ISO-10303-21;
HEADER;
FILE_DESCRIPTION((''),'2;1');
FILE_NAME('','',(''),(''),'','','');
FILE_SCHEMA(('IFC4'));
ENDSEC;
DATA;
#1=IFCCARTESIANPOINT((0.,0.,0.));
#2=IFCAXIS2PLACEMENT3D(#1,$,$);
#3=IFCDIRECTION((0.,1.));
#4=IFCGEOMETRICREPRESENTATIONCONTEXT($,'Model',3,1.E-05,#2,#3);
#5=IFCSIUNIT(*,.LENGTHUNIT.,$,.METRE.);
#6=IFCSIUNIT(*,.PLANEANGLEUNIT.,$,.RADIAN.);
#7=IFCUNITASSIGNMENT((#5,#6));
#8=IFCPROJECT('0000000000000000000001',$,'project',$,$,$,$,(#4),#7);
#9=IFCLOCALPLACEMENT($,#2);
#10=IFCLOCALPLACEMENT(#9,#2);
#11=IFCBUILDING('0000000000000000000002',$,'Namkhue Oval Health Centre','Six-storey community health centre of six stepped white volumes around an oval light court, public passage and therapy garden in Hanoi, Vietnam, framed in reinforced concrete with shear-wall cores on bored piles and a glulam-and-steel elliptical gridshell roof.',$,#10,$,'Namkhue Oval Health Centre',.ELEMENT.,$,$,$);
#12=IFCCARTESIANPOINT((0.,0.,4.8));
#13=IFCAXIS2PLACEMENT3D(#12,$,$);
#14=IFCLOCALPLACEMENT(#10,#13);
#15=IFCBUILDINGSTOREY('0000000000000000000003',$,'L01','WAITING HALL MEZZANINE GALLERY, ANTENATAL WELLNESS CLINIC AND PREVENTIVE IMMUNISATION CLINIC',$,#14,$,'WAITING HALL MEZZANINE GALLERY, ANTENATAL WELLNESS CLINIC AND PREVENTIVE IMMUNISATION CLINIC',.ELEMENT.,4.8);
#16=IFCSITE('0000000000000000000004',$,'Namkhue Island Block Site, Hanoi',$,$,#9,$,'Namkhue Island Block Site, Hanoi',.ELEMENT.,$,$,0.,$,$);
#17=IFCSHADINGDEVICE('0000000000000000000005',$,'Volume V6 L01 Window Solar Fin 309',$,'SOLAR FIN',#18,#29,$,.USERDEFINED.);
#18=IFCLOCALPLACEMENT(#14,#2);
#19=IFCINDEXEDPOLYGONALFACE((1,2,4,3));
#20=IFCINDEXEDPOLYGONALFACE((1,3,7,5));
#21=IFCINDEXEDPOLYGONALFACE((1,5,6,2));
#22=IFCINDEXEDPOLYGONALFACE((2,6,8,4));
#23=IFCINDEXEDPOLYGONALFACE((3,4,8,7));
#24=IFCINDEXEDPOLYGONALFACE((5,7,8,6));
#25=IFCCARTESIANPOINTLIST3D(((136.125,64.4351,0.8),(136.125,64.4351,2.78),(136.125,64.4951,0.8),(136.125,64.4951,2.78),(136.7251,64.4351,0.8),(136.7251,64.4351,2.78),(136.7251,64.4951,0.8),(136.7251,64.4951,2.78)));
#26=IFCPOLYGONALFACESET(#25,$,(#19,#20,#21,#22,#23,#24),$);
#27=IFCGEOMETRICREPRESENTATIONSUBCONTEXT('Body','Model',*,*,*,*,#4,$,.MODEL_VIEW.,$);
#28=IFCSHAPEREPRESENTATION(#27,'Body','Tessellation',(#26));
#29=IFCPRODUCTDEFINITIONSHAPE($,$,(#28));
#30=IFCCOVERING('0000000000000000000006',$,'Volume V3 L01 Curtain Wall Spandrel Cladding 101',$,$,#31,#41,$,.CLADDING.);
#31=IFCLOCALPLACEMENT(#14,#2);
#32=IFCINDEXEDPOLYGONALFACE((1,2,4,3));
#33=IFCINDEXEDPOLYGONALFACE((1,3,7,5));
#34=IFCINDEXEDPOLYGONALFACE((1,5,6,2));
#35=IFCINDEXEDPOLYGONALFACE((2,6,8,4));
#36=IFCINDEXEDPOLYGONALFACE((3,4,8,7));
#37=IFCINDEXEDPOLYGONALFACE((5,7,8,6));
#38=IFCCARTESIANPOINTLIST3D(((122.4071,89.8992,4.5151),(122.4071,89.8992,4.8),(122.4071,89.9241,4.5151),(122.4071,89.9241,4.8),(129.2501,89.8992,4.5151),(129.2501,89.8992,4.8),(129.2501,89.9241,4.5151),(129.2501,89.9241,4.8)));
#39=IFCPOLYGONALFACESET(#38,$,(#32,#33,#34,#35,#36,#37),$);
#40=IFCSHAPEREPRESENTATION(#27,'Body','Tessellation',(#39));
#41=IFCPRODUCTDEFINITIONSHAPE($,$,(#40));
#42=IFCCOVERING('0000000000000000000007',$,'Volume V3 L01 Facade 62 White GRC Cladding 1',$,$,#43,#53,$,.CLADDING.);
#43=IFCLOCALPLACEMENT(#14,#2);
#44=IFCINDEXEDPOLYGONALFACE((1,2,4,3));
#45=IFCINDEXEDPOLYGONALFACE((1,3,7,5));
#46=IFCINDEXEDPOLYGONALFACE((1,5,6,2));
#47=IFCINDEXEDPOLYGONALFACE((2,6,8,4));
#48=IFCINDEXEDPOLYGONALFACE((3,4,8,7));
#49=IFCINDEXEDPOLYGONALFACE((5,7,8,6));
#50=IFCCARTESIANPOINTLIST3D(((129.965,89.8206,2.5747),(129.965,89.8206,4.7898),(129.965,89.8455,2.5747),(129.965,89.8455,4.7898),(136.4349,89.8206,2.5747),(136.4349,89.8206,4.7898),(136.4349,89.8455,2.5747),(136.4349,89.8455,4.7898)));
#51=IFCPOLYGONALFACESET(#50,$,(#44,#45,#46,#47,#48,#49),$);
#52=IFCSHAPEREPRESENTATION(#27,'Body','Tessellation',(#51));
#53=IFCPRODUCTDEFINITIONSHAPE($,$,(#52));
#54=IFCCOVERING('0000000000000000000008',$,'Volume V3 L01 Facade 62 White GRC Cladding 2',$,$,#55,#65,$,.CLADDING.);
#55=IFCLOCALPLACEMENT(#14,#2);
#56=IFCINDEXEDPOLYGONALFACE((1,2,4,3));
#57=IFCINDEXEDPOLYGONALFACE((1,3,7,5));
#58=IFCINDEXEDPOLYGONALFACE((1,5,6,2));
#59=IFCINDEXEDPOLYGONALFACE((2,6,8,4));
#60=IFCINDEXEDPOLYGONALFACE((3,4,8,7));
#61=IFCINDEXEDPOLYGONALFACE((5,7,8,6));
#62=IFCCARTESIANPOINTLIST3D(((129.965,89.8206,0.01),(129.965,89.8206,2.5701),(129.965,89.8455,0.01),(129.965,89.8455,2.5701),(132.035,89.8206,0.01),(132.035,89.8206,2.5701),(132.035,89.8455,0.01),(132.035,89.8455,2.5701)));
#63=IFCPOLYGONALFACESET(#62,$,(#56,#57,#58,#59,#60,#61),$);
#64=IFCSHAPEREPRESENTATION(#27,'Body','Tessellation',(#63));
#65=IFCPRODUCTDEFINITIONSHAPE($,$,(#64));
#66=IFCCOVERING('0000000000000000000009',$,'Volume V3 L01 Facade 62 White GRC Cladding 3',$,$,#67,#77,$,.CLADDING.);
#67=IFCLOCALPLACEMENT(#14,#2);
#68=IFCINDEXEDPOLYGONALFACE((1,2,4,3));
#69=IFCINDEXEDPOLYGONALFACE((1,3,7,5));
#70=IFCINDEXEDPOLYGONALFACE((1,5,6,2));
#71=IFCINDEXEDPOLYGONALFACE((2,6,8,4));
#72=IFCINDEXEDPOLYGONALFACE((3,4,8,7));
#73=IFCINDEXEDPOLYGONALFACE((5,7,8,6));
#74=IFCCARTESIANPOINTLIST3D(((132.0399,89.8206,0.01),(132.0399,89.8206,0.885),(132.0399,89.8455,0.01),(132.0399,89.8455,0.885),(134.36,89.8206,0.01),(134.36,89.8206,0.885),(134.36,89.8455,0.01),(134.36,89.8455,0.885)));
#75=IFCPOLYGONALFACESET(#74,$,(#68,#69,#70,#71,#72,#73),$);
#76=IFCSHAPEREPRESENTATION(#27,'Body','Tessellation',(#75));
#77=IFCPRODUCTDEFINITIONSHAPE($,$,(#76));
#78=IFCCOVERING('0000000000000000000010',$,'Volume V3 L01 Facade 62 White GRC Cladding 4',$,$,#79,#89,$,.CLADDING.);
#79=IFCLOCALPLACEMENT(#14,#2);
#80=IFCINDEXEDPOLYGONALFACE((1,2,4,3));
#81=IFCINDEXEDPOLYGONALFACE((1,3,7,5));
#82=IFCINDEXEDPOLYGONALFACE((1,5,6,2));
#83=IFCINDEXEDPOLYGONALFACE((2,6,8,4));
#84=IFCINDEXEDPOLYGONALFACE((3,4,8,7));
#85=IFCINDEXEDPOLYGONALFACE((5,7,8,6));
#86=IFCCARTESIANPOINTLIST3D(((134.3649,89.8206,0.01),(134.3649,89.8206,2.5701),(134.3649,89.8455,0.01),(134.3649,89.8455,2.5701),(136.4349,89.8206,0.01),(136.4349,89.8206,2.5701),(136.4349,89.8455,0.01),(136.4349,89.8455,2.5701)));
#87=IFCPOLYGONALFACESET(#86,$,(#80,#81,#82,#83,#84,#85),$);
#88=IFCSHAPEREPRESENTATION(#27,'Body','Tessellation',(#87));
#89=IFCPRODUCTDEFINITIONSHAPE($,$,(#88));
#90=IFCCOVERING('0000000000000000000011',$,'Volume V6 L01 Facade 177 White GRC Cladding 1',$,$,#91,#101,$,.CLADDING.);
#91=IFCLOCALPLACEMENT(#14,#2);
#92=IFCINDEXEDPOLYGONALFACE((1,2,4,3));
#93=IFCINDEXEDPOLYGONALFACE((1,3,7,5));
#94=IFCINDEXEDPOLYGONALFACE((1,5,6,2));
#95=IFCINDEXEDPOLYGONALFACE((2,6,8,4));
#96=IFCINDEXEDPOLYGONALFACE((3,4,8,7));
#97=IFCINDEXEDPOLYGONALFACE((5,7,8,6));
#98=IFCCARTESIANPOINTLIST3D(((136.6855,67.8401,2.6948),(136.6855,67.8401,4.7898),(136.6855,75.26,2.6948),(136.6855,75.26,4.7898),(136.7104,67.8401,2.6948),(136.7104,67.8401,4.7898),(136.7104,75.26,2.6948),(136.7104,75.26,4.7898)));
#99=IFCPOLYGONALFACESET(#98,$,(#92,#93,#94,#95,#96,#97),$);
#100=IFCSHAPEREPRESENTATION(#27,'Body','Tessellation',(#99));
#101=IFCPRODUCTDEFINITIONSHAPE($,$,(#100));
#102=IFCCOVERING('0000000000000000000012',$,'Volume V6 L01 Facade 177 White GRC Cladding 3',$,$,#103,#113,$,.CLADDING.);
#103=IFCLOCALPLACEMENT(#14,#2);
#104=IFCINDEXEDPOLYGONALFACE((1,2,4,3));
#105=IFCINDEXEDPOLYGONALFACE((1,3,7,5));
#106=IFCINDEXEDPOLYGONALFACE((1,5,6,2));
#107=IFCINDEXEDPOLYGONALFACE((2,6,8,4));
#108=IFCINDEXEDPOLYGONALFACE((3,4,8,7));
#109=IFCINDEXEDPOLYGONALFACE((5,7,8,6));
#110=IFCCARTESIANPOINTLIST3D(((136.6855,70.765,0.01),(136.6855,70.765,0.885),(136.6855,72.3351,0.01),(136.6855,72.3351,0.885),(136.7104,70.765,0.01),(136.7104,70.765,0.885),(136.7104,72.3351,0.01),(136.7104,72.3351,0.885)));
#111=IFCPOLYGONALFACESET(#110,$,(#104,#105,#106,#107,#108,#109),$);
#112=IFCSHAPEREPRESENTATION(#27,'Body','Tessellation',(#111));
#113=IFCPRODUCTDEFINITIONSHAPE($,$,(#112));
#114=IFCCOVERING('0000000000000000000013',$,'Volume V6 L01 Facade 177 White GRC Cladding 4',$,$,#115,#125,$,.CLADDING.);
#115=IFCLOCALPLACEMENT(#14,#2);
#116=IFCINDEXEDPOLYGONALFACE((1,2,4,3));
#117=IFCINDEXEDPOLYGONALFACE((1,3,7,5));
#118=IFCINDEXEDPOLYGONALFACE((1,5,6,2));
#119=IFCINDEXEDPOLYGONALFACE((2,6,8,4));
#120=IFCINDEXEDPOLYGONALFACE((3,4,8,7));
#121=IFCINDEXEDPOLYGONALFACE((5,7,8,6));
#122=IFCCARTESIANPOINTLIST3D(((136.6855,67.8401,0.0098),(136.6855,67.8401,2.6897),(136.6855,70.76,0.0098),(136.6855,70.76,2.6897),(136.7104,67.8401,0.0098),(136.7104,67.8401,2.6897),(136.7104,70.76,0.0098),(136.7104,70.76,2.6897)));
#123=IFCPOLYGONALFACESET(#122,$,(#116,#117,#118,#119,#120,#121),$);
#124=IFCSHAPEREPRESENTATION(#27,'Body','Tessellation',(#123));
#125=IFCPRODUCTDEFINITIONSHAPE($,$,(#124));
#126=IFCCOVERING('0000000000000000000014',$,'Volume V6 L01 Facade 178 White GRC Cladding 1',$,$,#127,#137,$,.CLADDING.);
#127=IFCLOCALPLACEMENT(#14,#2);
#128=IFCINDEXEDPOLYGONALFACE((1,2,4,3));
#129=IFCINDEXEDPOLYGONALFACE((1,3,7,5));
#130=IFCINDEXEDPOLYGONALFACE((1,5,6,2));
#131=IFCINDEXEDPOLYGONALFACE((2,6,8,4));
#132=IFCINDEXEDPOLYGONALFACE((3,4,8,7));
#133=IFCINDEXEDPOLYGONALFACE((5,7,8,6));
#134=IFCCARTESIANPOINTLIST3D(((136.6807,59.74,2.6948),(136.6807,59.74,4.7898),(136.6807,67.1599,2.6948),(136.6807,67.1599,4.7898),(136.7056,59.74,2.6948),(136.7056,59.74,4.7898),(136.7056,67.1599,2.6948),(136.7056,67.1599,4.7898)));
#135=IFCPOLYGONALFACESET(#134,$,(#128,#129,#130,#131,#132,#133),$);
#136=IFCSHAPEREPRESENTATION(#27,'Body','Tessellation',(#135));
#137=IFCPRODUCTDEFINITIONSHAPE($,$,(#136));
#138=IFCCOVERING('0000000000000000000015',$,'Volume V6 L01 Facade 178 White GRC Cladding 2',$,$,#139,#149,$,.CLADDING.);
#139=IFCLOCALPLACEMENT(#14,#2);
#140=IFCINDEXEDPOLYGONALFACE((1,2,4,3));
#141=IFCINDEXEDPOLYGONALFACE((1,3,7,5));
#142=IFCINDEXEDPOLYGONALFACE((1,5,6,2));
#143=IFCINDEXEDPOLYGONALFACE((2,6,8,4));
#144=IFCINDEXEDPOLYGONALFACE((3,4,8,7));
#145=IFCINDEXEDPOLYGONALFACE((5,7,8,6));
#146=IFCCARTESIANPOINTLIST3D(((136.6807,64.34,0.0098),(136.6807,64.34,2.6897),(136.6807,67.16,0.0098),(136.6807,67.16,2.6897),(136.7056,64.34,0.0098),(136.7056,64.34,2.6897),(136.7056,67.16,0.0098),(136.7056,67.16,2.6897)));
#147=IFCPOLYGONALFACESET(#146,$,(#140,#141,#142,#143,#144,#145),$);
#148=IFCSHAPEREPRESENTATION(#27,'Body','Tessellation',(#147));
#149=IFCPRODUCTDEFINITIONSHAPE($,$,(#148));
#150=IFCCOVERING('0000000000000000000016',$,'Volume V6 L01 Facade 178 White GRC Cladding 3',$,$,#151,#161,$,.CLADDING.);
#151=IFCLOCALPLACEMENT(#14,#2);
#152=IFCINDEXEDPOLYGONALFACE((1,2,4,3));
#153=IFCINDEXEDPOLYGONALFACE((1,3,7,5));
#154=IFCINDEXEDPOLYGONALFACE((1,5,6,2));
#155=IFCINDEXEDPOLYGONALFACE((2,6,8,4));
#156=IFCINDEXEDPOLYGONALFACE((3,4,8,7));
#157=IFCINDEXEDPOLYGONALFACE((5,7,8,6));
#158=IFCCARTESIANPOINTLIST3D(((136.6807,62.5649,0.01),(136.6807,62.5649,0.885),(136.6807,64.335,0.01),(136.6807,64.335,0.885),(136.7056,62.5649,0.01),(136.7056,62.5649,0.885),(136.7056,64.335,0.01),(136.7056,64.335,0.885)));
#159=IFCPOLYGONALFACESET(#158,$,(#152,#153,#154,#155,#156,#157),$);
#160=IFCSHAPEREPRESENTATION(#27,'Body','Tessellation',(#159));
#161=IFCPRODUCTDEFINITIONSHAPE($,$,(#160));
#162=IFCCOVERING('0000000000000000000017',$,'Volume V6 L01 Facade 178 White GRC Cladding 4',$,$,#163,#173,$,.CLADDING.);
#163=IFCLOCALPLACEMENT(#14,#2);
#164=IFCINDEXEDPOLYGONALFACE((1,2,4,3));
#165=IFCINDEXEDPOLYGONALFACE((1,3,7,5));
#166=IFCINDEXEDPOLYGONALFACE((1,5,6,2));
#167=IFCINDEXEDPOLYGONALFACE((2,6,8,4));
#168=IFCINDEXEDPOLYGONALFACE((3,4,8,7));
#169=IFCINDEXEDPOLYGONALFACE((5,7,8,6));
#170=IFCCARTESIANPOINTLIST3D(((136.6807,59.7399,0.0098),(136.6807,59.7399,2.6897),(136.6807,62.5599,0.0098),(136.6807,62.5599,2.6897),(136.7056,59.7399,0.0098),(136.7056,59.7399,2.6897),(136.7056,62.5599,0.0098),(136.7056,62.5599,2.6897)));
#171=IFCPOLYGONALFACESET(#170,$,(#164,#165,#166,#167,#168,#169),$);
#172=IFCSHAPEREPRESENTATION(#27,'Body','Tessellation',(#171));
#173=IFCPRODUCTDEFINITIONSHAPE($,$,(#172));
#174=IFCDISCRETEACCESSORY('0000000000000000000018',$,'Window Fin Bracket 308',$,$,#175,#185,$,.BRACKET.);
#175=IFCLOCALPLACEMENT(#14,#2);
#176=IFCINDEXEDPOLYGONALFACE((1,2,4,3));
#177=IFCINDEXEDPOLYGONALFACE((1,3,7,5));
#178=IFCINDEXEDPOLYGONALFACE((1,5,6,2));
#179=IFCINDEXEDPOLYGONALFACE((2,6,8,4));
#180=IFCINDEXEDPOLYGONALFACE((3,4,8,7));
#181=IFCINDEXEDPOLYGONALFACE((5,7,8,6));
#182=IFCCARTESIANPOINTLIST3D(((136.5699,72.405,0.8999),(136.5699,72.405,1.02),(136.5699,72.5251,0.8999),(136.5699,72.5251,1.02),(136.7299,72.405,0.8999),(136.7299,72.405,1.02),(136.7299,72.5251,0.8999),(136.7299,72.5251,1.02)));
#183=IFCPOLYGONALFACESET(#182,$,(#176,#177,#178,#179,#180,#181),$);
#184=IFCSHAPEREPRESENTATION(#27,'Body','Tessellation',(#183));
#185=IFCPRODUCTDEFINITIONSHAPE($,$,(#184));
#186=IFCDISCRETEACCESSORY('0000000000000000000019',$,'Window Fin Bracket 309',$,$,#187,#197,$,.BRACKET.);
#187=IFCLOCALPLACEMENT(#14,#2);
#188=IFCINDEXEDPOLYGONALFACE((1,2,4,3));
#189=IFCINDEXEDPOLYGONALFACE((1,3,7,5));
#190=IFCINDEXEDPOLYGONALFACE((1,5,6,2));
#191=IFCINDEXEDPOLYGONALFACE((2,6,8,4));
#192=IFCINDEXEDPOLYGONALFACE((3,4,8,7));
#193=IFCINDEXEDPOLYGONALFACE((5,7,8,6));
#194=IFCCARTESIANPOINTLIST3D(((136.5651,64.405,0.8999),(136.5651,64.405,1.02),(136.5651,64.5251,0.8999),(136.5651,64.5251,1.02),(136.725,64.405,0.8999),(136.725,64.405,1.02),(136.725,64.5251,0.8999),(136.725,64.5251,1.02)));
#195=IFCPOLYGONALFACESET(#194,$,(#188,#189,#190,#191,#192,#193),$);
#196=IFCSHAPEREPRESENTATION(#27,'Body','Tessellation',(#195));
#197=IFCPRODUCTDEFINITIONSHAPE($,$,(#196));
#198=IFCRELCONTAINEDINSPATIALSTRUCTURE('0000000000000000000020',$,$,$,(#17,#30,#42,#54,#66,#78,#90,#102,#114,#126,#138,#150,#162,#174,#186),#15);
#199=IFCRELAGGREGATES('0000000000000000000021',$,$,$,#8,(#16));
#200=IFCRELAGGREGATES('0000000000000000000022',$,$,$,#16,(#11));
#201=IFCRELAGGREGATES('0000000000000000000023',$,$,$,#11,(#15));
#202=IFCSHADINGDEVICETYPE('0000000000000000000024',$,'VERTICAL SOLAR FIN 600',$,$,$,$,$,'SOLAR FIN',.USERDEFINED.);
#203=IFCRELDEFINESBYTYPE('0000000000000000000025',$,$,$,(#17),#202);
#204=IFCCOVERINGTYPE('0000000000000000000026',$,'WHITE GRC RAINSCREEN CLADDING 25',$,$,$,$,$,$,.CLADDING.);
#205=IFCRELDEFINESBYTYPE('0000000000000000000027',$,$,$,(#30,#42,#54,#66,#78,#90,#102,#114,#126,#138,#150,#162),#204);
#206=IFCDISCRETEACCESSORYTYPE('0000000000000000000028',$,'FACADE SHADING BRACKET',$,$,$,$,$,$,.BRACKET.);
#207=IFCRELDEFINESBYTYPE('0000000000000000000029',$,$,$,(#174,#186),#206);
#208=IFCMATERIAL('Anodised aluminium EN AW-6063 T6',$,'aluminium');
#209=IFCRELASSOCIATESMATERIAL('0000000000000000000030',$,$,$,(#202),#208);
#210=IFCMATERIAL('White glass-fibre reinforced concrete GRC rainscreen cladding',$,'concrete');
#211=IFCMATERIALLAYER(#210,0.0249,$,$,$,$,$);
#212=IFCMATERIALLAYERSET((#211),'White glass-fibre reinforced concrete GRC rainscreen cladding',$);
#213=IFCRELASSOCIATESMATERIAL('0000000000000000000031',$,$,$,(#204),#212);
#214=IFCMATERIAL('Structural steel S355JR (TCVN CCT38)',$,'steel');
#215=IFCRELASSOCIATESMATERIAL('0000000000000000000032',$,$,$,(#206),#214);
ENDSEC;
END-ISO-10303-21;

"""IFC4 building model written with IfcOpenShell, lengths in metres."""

from ifc_helpers import new_model, si_unit, direction, frame, origin, origin_2d, place, context, subcontext, project, spatial, rectangle, extrude, material, layer, layer_set, type_object, element, save


model = new_model("IFC4")

# Units and contexts
model_context = context("Model", 3, precision=1e-05, world=origin(), true_north=direction((0.0, 1.0)))
body_context = subcontext(model_context, "Body", "Model", "MODEL_VIEW")
ifc_project = project(units=[si_unit("LENGTHUNIT", "METRE"), si_unit("PLANEANGLEUNIT", "RADIAN")], contexts=[model_context])

# Site, building, storey
site_placement = place(None, origin())
site = spatial("IfcSite", under=ifc_project, at=site_placement, Name="Namkhue Island Block Site, Hanoi", LongName="Namkhue Island Block Site, Hanoi", CompositionType="ELEMENT", RefElevation=0.0)
building_placement = place(site_placement, origin())
building = spatial("IfcBuilding", under=site, at=building_placement, Name="Namkhue Oval Health Centre", Description="Six-storey community health centre of six stepped white volumes around an oval light court, public passage and therapy garden in Hanoi, Vietnam, framed in reinforced concrete with shear-wall cores on bored piles and a glulam-and-steel elliptical gridshell roof.", LongName="Namkhue Oval Health Centre", CompositionType="ELEMENT")
storey_placement = place(building_placement, frame((0.0, 0.0, 4.8)))
storey = spatial("IfcBuildingStorey", under=building, at=storey_placement, Name="L01", Description="WAITING HALL MEZZANINE GALLERY, ANTENATAL WELLNESS CLINIC AND PREVENTIVE IMMUNISATION CLINIC", LongName="WAITING HALL MEZZANINE GALLERY, ANTENATAL WELLNESS CLINIC AND PREVENTIVE IMMUNISATION CLINIC", CompositionType="ELEMENT", Elevation=4.8)

# Shared definitions
ifc_material_1 = material(Name="Anodised aluminium EN AW-6063 T6", Category="aluminium")

# Shading device
shading_device_type_1 = type_object("IfcShadingDeviceType", Name="VERTICAL SOLAR FIN 600", ElementType="SOLAR FIN", PredefinedType="USERDEFINED", material=ifc_material_1)
for number, where, z_axis, x_axis, name in (
    (1, (136.425, 64.4651, 0.8), (0.0, 0.0, 1.0), (-1.0, 0.0, 0.0), "Volume V6 L01 Window Solar Fin 309"),
):
    element("IfcShadingDevice", number, at=place(storey_placement, frame(where, z_axis=z_axis, x_axis=x_axis)), inside=storey, type_object=shading_device_type_1, Name=name, ObjectType="SOLAR FIN", PredefinedType="USERDEFINED", context=body_context, shape_type="SweptSolid", body=[
        extrude(rectangle(XDim=0.6001, YDim=0.0601, at=origin_2d()), origin(), (0.0, 0.0, 1.0), 1.98),
    ])

# Coverings
ifc_material_2 = material(Name="White glass-fibre reinforced concrete GRC rainscreen cladding", Category="concrete")
ifc_layer_1 = layer(ifc_material_2, 0.0249)
ifc_layer_set_1 = layer_set([ifc_layer_1], Name="White glass-fibre reinforced concrete GRC rainscreen cladding")
covering_type = type_object("IfcCoveringType", Name="WHITE GRC RAINSCREEN CLADDING 25", PredefinedType="CLADDING", material=ifc_layer_set_1)
covering_1_placement = place(storey_placement, frame((125.8286, 89.9116, 4.5151), z_axis=(0.0, 0.0, 1.0), x_axis=(1.0, 0.0, 0.0)))
element("IfcCovering", 2, at=covering_1_placement, inside=storey, type_object=covering_type, Name="Volume V3 L01 Curtain Wall Spandrel Cladding 101", PredefinedType="CLADDING", context=body_context, shape_type="SweptSolid", body=[
    extrude(rectangle(XDim=6.843, YDim=0.0249, at=origin_2d()), origin(), (0.0, 0.0, 1.0), 0.2849),
])
covering_2_placement = place(storey_placement, frame((133.2, 89.833, 2.5747), z_axis=(0.0, 0.0, 1.0), x_axis=(1.0, 0.0, 0.0)))
element("IfcCovering", 3, at=covering_2_placement, inside=storey, type_object=covering_type, Name="Volume V3 L01 Facade 62 White GRC Cladding 1", PredefinedType="CLADDING", context=body_context, shape_type="SweptSolid", body=[
    extrude(rectangle(XDim=6.47, YDim=0.0249, at=origin_2d()), origin(), (0.0, 0.0, 1.0), 2.2151),
])
covering_3_placement = place(storey_placement, frame((131.0, 89.833, 0.01), z_axis=(0.0, 0.0, 1.0), x_axis=(1.0, 0.0, 0.0)))
element("IfcCovering", 4, at=covering_3_placement, inside=storey, type_object=covering_type, Name="Volume V3 L01 Facade 62 White GRC Cladding 2", PredefinedType="CLADDING", context=body_context, shape_type="SweptSolid", body=[
    extrude(rectangle(XDim=2.0701, YDim=0.0249, at=origin_2d()), origin(), (0.0, 0.0, 1.0), 2.5601),
])
covering_4_placement = place(storey_placement, frame((133.2, 89.833, 0.01), z_axis=(0.0, 0.0, 1.0), x_axis=(1.0, 0.0, 0.0)))
element("IfcCovering", 5, at=covering_4_placement, inside=storey, type_object=covering_type, Name="Volume V3 L01 Facade 62 White GRC Cladding 3", PredefinedType="CLADDING", context=body_context, shape_type="SweptSolid", body=[
    extrude(rectangle(XDim=2.3201, YDim=0.0249, at=origin_2d()), origin(), (0.0, 0.0, 1.0), 0.875),
])
covering_5_placement = place(storey_placement, frame((135.3999, 89.833, 0.01), z_axis=(0.0, 0.0, 1.0), x_axis=(1.0, 0.0, 0.0)))
element("IfcCovering", 6, at=covering_5_placement, inside=storey, type_object=covering_type, Name="Volume V3 L01 Facade 62 White GRC Cladding 4", PredefinedType="CLADDING", context=body_context, shape_type="SweptSolid", body=[
    extrude(rectangle(XDim=2.0701, YDim=0.0249, at=origin_2d()), origin(), (0.0, 0.0, 1.0), 2.5601),
])
covering_6_placement = place(storey_placement, frame((136.698, 71.55, 2.6948), z_axis=(0.0, 0.0, 1.0), x_axis=(0.0, -1.0, 0.0)))
element("IfcCovering", 7, at=covering_6_placement, inside=storey, type_object=covering_type, Name="Volume V6 L01 Facade 177 White GRC Cladding 1", PredefinedType="CLADDING", context=body_context, shape_type="SweptSolid", body=[
    extrude(rectangle(XDim=7.4199, YDim=0.0249, at=origin_2d()), origin(), (0.0, 0.0, 1.0), 2.095),
])
covering_7_placement = place(storey_placement, frame((136.698, 71.55, 0.01), z_axis=(0.0, 0.0, 1.0), x_axis=(0.0, -1.0, 0.0)))
element("IfcCovering", 8, at=covering_7_placement, inside=storey, type_object=covering_type, Name="Volume V6 L01 Facade 177 White GRC Cladding 3", PredefinedType="CLADDING", context=body_context, shape_type="SweptSolid", body=[
    extrude(rectangle(XDim=1.5701, YDim=0.0249, at=origin_2d()), origin(), (0.0, 0.0, 1.0), 0.875),
])
covering_8_placement = place(storey_placement, frame((136.698, 69.3, 0.0098), z_axis=(0.0, 0.0, 1.0), x_axis=(0.0, -1.0, 0.0)))
element("IfcCovering", 9, at=covering_8_placement, inside=storey, type_object=covering_type, Name="Volume V6 L01 Facade 177 White GRC Cladding 4", PredefinedType="CLADDING", context=body_context, shape_type="SweptSolid", body=[
    extrude(rectangle(XDim=2.9199, YDim=0.0249, at=origin_2d()), origin(), (0.0, 0.0, 1.0), 2.6799),
])
covering_9_placement = place(storey_placement, frame((136.6931, 63.45, 2.6948), z_axis=(0.0, 0.0, 1.0), x_axis=(0.0, -1.0, 0.0)))
element("IfcCovering", 10, at=covering_9_placement, inside=storey, type_object=covering_type, Name="Volume V6 L01 Facade 178 White GRC Cladding 1", PredefinedType="CLADDING", context=body_context, shape_type="SweptSolid", body=[
    extrude(rectangle(XDim=7.4199, YDim=0.0249, at=origin_2d()), origin(), (0.0, 0.0, 1.0), 2.095),
])
covering_10_placement = place(storey_placement, frame((136.6931, 65.75, 0.0098), z_axis=(0.0, 0.0, 1.0), x_axis=(0.0, -1.0, 0.0)))
element("IfcCovering", 11, at=covering_10_placement, inside=storey, type_object=covering_type, Name="Volume V6 L01 Facade 178 White GRC Cladding 2", PredefinedType="CLADDING", context=body_context, shape_type="SweptSolid", body=[
    extrude(rectangle(XDim=2.8201, YDim=0.0249, at=origin_2d()), origin(), (0.0, 0.0, 1.0), 2.6799),
])
covering_11_placement = place(storey_placement, frame((136.6931, 63.45, 0.01), z_axis=(0.0, 0.0, 1.0), x_axis=(0.0, -1.0, 0.0)))
element("IfcCovering", 12, at=covering_11_placement, inside=storey, type_object=covering_type, Name="Volume V6 L01 Facade 178 White GRC Cladding 3", PredefinedType="CLADDING", context=body_context, shape_type="SweptSolid", body=[
    extrude(rectangle(XDim=1.77, YDim=0.0249, at=origin_2d()), origin(), (0.0, 0.0, 1.0), 0.875),
])
covering_12_placement = place(storey_placement, frame((136.6931, 61.1499, 0.0098), z_axis=(0.0, 0.0, 1.0), x_axis=(0.0, -1.0, 0.0)))
element("IfcCovering", 13, at=covering_12_placement, inside=storey, type_object=covering_type, Name="Volume V6 L01 Facade 178 White GRC Cladding 4", PredefinedType="CLADDING", context=body_context, shape_type="SweptSolid", body=[
    extrude(rectangle(XDim=2.8201, YDim=0.0249, at=origin_2d()), origin(), (0.0, 0.0, 1.0), 2.6799),
])

# Discrete accessories
ifc_material_3 = material(Name="Structural steel S355JR (TCVN CCT38)", Category="steel")
discrete_accessory_type = type_object("IfcDiscreteAccessoryType", Name="FACADE SHADING BRACKET", PredefinedType="BRACKET", material=ifc_material_3)
for number, where, z_axis, x_axis, name in (
    (14, (136.6499, 72.4651, 0.8999), (0.0, 0.0, 1.0), (-1.0, 0.0, 0.0), "Window Fin Bracket 308"),
    (15, (136.645, 64.4651, 0.8999), (0.0, 0.0, 1.0), (-1.0, 0.0, 0.0), "Window Fin Bracket 309"),
):
    element("IfcDiscreteAccessory", number, at=place(storey_placement, frame(where, z_axis=z_axis, x_axis=x_axis)), inside=storey, type_object=discrete_accessory_type, Name=name, PredefinedType="BRACKET", context=body_context, shape_type="SweptSolid", body=[
        extrude(rectangle(XDim=0.1599, YDim=0.1201, at=origin_2d()), origin(), (0.0, 0.0, 1.0), 0.1201),
    ])

save(model, "model.ifc")
